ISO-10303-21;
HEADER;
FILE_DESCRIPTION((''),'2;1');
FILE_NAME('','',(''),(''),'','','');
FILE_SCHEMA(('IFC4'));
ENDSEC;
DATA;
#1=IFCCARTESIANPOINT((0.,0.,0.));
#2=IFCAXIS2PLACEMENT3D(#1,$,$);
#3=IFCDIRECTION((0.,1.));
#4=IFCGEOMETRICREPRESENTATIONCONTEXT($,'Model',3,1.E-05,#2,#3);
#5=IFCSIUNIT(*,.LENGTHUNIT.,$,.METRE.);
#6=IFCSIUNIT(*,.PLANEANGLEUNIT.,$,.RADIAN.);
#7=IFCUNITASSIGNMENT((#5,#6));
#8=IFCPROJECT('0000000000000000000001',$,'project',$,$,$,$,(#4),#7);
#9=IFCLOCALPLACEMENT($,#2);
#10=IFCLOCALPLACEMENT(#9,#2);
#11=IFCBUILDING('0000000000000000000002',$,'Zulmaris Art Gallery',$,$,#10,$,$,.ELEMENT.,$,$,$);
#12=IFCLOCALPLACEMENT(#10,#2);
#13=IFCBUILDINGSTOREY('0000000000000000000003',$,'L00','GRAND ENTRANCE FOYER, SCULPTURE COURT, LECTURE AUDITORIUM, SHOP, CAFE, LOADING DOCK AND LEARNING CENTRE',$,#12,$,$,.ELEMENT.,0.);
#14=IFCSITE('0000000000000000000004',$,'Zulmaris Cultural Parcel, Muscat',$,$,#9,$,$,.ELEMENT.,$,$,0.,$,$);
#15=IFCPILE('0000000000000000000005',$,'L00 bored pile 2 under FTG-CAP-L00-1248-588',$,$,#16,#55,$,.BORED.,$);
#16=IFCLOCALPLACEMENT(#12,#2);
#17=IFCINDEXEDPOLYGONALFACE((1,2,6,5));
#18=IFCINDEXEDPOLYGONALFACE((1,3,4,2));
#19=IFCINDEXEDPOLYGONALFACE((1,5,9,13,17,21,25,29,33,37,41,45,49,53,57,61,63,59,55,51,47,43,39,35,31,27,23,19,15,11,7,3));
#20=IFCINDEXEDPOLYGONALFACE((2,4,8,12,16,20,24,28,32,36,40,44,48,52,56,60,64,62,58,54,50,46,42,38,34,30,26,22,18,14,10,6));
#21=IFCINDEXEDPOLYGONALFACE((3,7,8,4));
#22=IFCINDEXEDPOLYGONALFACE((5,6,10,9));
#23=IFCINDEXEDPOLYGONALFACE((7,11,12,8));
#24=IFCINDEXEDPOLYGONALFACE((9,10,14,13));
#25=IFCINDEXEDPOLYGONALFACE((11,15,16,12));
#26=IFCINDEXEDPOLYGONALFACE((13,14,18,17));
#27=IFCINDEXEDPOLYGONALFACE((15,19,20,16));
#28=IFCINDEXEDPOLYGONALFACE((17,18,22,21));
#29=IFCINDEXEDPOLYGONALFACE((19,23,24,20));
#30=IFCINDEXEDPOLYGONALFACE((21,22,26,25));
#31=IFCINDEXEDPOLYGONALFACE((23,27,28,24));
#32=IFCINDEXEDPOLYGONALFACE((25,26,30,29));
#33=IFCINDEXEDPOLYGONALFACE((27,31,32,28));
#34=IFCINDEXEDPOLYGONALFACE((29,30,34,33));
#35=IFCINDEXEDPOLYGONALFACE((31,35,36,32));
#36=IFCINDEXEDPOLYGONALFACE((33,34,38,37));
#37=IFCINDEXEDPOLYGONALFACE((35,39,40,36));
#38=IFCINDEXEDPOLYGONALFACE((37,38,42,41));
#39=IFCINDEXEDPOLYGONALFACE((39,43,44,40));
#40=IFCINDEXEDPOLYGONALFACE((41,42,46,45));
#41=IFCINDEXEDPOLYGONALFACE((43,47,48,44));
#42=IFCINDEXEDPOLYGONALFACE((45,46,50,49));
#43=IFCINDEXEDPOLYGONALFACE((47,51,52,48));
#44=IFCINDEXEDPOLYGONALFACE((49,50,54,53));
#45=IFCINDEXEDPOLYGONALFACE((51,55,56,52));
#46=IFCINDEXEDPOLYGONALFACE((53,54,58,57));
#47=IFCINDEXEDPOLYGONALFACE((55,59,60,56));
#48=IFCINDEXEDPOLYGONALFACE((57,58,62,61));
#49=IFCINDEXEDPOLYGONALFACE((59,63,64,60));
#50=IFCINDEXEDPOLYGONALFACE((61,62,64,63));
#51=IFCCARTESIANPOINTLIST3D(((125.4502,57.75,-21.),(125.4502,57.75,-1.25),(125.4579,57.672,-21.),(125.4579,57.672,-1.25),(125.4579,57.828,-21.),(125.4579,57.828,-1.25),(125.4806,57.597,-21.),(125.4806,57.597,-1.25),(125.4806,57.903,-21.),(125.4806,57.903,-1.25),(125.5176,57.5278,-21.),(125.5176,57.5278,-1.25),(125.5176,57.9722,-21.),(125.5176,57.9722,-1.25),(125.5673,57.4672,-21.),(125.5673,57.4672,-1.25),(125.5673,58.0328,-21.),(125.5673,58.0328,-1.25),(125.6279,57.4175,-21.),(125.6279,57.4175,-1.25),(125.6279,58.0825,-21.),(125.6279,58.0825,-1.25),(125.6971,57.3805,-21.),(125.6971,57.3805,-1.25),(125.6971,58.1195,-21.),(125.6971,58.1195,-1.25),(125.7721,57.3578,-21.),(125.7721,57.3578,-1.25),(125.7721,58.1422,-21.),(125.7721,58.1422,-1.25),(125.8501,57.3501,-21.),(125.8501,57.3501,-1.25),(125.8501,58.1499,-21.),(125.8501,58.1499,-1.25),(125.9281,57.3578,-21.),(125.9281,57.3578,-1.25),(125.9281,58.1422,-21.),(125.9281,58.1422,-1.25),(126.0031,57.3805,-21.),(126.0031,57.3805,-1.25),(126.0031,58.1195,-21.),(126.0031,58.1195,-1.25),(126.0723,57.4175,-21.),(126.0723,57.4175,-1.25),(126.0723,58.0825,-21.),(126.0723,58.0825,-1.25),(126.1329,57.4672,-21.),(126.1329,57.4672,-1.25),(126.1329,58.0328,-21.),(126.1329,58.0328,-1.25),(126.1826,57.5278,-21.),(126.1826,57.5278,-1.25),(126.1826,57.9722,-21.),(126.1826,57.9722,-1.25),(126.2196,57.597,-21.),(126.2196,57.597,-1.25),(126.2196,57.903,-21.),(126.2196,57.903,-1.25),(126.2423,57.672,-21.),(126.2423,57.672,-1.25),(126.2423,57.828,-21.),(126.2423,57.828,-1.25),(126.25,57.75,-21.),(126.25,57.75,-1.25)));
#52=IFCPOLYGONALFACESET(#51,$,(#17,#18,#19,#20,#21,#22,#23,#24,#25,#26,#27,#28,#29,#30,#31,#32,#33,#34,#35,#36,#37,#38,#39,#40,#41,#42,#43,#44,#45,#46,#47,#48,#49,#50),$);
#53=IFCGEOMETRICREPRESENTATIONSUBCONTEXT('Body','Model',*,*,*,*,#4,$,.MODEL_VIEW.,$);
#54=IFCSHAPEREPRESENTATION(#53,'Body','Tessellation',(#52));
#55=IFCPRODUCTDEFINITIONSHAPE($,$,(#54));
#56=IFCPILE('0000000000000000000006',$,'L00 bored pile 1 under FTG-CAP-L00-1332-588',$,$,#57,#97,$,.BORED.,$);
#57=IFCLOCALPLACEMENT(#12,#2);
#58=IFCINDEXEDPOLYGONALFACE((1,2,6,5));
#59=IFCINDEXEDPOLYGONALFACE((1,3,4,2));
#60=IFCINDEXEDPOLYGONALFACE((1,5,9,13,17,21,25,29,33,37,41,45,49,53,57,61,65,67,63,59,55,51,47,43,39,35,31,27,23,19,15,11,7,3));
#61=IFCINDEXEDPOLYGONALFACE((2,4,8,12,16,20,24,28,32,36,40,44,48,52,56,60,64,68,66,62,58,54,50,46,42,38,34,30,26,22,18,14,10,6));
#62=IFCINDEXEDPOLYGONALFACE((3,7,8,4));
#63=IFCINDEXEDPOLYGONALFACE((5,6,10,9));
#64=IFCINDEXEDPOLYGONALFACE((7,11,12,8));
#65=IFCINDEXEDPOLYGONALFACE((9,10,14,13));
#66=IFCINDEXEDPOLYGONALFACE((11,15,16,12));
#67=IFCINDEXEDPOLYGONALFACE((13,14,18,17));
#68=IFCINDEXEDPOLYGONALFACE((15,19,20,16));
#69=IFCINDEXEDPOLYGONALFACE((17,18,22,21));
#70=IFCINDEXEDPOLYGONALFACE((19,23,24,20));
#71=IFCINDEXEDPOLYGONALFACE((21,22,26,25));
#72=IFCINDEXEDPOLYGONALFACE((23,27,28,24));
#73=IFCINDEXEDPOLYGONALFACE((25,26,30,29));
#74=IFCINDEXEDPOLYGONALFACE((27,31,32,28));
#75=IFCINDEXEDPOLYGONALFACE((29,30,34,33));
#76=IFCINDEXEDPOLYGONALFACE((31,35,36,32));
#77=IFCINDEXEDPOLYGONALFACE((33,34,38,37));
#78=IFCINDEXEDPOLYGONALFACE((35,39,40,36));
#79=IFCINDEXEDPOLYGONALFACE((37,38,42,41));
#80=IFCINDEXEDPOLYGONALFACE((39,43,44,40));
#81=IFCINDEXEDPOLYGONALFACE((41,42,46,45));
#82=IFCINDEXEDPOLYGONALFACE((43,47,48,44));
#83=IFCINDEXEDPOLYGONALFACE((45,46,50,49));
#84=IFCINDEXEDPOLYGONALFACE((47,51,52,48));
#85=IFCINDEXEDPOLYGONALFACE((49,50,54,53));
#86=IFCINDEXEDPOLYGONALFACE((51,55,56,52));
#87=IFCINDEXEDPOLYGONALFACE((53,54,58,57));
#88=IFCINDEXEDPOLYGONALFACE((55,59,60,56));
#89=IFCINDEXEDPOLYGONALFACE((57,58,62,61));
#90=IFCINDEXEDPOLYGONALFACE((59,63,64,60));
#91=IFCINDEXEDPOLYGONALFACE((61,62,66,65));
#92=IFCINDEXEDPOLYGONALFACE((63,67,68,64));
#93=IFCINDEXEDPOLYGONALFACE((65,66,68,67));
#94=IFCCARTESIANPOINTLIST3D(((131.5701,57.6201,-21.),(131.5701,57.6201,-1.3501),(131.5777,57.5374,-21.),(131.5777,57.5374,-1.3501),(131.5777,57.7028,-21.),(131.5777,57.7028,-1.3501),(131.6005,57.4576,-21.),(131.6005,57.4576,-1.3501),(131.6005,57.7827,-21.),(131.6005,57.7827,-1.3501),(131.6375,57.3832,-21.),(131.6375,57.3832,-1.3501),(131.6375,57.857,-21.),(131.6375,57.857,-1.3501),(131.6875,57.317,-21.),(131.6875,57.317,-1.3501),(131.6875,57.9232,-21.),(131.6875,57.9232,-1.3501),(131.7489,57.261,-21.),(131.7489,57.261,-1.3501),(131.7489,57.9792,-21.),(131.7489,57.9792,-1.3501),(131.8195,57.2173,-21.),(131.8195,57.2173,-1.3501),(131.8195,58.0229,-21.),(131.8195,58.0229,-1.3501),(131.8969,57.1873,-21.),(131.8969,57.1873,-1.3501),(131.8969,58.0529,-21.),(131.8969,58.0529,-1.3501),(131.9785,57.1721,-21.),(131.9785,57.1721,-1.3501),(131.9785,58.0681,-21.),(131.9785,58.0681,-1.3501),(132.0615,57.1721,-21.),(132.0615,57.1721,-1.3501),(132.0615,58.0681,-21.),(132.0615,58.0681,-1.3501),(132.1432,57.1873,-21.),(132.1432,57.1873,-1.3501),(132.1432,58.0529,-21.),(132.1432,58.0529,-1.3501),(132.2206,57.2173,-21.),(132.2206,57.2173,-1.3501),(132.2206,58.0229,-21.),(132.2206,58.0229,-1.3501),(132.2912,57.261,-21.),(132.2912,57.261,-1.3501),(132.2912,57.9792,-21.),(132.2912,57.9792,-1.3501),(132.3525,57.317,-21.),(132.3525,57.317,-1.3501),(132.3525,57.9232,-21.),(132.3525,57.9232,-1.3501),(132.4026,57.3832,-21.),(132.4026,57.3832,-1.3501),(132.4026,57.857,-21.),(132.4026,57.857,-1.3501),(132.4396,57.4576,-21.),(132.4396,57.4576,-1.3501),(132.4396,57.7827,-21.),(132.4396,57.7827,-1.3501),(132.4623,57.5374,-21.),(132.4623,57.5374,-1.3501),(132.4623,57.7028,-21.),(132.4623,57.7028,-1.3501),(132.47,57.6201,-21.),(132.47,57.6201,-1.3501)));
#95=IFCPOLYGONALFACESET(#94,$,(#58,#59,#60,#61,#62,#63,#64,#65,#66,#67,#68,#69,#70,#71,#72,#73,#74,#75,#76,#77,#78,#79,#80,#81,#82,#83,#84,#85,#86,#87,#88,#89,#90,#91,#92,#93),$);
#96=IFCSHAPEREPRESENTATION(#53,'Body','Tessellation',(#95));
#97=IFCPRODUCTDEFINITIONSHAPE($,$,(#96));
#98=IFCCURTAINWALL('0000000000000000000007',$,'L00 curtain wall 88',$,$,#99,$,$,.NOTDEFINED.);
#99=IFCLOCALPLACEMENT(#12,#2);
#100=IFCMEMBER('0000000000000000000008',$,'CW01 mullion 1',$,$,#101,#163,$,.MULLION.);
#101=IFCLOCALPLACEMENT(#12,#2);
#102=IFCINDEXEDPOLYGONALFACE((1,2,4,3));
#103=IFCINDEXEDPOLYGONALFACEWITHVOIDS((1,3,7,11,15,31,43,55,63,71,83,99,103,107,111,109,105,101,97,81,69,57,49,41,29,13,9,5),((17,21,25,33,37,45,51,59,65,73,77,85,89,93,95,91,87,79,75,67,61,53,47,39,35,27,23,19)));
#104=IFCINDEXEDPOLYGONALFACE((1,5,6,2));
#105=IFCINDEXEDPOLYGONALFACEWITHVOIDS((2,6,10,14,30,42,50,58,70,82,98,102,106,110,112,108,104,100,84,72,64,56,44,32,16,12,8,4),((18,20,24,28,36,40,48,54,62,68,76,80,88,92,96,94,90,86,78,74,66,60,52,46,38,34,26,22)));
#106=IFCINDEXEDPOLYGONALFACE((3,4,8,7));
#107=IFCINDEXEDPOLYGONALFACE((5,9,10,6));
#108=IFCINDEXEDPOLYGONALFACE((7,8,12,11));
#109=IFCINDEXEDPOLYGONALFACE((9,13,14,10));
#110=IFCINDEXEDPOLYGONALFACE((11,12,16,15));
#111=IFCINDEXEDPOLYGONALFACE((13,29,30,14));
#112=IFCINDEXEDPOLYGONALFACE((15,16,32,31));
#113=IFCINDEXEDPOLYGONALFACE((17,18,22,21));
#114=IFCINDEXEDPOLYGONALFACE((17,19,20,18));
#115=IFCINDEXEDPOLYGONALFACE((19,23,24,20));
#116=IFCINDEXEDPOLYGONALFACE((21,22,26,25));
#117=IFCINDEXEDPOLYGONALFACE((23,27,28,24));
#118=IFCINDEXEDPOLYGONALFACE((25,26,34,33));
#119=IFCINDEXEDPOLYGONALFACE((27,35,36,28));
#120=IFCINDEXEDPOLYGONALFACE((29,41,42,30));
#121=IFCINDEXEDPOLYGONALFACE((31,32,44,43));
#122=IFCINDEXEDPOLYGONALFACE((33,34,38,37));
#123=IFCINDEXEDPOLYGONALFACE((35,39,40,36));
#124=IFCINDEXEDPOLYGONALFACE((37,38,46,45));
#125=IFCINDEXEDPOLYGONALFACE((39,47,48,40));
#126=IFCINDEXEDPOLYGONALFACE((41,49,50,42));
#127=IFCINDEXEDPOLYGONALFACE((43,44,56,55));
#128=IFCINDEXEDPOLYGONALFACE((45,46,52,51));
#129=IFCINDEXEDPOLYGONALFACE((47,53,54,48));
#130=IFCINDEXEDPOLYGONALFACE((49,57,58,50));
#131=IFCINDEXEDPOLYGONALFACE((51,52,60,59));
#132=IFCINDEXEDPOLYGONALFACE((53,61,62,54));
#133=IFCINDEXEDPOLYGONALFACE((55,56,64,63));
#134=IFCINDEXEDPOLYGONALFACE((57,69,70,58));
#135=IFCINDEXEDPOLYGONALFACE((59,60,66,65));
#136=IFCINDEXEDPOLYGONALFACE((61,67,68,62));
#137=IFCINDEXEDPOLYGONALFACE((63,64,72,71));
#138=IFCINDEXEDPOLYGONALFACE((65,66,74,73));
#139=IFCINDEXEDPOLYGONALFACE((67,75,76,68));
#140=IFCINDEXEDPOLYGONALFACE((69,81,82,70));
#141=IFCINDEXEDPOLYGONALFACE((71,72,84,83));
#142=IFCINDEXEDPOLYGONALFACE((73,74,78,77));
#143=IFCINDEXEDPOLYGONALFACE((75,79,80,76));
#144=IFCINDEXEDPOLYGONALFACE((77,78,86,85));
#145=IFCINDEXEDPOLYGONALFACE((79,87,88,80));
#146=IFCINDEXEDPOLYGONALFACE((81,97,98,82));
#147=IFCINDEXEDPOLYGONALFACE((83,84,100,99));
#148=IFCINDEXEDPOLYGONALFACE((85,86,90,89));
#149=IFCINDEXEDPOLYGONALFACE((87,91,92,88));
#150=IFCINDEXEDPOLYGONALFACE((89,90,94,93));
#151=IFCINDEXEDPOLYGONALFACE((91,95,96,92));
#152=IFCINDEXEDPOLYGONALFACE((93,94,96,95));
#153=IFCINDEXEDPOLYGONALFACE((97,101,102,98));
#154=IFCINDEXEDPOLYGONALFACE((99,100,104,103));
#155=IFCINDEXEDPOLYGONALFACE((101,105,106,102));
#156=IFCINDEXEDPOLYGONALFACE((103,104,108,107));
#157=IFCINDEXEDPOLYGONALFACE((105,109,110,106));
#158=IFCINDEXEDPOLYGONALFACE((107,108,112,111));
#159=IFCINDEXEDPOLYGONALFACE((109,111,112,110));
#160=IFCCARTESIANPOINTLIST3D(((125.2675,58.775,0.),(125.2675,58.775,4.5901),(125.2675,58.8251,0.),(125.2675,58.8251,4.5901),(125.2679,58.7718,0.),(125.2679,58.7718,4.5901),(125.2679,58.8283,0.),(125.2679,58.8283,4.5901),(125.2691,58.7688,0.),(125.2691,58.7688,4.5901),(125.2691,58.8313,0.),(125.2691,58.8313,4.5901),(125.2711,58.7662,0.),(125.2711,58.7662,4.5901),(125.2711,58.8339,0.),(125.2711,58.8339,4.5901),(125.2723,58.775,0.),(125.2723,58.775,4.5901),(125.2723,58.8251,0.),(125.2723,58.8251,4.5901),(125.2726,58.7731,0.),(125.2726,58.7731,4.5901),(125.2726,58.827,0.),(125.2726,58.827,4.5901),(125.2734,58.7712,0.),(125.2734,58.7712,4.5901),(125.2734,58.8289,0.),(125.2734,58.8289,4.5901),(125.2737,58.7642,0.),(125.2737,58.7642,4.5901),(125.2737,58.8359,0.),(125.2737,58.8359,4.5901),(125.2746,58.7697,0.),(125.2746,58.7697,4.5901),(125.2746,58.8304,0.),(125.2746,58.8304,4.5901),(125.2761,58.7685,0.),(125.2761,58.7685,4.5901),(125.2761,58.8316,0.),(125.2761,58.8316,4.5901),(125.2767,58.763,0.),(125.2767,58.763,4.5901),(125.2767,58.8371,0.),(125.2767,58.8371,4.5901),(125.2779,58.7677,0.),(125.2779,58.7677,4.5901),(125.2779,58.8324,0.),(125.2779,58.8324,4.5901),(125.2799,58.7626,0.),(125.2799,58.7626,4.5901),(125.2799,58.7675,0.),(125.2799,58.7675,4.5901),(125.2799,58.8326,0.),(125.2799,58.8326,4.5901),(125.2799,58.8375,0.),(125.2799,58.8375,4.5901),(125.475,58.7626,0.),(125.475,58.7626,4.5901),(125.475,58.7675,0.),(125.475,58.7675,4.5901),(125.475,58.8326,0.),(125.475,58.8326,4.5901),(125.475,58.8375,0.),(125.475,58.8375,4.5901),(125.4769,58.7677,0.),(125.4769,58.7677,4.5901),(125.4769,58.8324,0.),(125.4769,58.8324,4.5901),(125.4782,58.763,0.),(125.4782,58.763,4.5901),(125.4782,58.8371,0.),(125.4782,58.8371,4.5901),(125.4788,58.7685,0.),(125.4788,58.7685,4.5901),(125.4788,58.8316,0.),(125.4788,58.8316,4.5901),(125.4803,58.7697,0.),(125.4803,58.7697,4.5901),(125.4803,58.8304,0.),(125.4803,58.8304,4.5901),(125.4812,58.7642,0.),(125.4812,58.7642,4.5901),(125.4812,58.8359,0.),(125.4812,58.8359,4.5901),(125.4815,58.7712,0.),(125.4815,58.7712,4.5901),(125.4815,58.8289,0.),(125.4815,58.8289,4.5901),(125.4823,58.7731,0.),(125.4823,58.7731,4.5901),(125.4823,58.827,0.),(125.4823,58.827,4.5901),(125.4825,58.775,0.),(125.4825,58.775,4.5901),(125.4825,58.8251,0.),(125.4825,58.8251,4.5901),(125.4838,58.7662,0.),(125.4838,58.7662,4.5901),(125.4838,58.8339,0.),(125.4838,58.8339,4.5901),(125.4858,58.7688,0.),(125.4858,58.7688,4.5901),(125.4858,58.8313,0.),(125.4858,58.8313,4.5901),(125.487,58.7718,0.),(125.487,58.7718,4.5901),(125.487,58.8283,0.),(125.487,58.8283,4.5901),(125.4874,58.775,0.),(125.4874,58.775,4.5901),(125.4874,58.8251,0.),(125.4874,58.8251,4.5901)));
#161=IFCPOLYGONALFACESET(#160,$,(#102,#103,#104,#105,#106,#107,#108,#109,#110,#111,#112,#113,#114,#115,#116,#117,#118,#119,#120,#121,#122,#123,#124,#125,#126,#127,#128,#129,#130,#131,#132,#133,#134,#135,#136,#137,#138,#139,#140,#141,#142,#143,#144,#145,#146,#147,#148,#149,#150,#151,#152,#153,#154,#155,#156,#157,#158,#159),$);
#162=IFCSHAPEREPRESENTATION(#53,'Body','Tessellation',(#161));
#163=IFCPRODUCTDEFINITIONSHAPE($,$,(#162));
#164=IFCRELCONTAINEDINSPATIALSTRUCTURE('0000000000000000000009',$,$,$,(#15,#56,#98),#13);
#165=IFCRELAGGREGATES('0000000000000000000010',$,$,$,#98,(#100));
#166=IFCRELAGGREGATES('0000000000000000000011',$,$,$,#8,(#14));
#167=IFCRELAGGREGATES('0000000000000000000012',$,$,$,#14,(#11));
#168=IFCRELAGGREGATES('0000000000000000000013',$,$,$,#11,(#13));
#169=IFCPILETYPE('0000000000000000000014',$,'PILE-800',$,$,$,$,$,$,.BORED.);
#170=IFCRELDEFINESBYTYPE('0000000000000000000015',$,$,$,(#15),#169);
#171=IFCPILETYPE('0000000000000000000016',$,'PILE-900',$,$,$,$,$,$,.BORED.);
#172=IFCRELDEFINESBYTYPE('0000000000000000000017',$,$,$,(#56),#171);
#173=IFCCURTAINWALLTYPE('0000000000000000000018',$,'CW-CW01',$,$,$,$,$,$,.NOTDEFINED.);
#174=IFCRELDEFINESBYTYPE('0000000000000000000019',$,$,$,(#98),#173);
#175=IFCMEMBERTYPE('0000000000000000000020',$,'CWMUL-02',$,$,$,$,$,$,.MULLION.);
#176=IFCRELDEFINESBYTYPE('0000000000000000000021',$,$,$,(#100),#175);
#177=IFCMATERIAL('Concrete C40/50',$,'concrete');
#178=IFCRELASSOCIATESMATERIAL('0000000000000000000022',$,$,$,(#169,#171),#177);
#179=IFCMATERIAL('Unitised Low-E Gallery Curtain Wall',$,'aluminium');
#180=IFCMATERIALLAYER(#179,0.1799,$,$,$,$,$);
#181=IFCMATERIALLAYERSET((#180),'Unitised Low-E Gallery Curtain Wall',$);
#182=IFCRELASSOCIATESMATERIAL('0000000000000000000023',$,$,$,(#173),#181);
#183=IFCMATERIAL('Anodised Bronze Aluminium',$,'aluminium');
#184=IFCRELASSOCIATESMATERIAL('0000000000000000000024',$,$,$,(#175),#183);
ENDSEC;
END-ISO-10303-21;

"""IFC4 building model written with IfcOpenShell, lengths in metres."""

from ifc_helpers import new_model, si_unit, direction, frame, origin, origin_2d, place, context, subcontext, project, spatial, hollow_rectangle, circle, extrude, material, layer, layer_set, material_profile, profile_set, type_object, element, aggregate, save


model = new_model("IFC4")

# Units and contexts
model_context = context("Model", 3, precision=1e-05, world=origin(), true_north=direction((0.0, 1.0)))
body_context = subcontext(model_context, "Body", "Model", "MODEL_VIEW")
ifc_project = project(units=[si_unit("LENGTHUNIT", "METRE"), si_unit("PLANEANGLEUNIT", "RADIAN")], contexts=[model_context])

# Site, building, storey
site_placement = place(None, origin())
site = spatial("IfcSite", under=ifc_project, at=site_placement, Name="Zulmaris Cultural Parcel, Muscat", CompositionType="ELEMENT", RefElevation=0.0)
building_placement = place(site_placement, origin())
building = spatial("IfcBuilding", under=site, at=building_placement, Name="Zulmaris Art Gallery", CompositionType="ELEMENT")
storey_placement = place(building_placement, origin())
storey = spatial("IfcBuildingStorey", under=building, at=storey_placement, Name="L00", Description="GRAND ENTRANCE FOYER, SCULPTURE COURT, LECTURE AUDITORIUM, SHOP, CAFE, LOADING DOCK AND LEARNING CENTRE", CompositionType="ELEMENT", Elevation=0.0)

# Piles
ifc_material_1 = material(Name="Concrete C40/50", Category="concrete")
ifc_material_profile_1 = material_profile(ifc_material_1, circle(Radius=0.3999, at=origin_2d()), Name="PILE DIA 800")
ifc_profile_set_1 = profile_set([ifc_material_profile_1], Name="Concrete C40/50")
pile_type_1 = type_object("IfcPileType", Name="PILE-800", PredefinedType="BORED", material=ifc_profile_set_1)
pile_1_placement = place(storey_placement, frame((125.8501, 57.75, -1.25), z_axis=(0.0, 0.0, -1.0), x_axis=(1.0, 0.0, 0.0)))
element("IfcPile", 1, at=pile_1_placement, inside=storey, type_object=pile_type_1, Name="L00 bored pile 2 under FTG-CAP-L00-1248-588", PredefinedType="BORED", context=body_context, shape_type="SweptSolid", body=[
    extrude(circle(Radius=0.3999, at=origin_2d()), origin(), (0.0, 0.0, 1.0), 19.75),
])
ifc_material_profile_2 = material_profile(ifc_material_1, circle(Radius=0.45, at=origin_2d()), Name="PILE DIA 900")
ifc_profile_set_2 = profile_set([ifc_material_profile_2], Name="Concrete C40/50")
pile_type_2 = type_object("IfcPileType", Name="PILE-900", PredefinedType="BORED", material=ifc_profile_set_2)
pile_2_placement = place(storey_placement, frame((132.02, 57.6201, -1.3501), z_axis=(0.0, 0.0, -1.0), x_axis=(1.0, 0.0, 0.0)))
element("IfcPile", 2, at=pile_2_placement, inside=storey, type_object=pile_type_2, Name="L00 bored pile 1 under FTG-CAP-L00-1332-588", PredefinedType="BORED", context=body_context, shape_type="SweptSolid", body=[
    extrude(circle(Radius=0.45, at=origin_2d()), origin(), (0.0, 0.0, 1.0), 19.6499),
])

# Curtain wall, member
ifc_material_2 = material(Name="Unitised Low-E Gallery Curtain Wall", Category="aluminium")
ifc_layer_1 = layer(ifc_material_2, 0.1799)
ifc_layer_set_1 = layer_set([ifc_layer_1], Name="Unitised Low-E Gallery Curtain Wall")
curtain_wall_type = type_object("IfcCurtainWallType", Name="CW-CW01", PredefinedType="NOTDEFINED", material=ifc_layer_set_1)
curtain_wall_1_placement = place(storey_placement, origin())
curtain_wall_1 = element("IfcCurtainWall", 3, at=curtain_wall_1_placement, inside=storey, type_object=curtain_wall_type, Name="L00 curtain wall 88", PredefinedType="NOTDEFINED")
ifc_material_3 = material(Name="Anodised Bronze Aluminium", Category="aluminium")
ifc_material_profile_3 = material_profile(ifc_material_3, hollow_rectangle(XDim=0.075, YDim=0.22, WallThickness=0.0049, InnerFilletRadius=0.0076, OuterFilletRadius=0.0125, at=origin_2d()), Name="ALU 75x220x5")
ifc_profile_set_3 = profile_set([ifc_material_profile_3], Name="Anodised Bronze Aluminium")
member_type_1 = type_object("IfcMemberType", Name="CWMUL-02", PredefinedType="MULLION", material=ifc_profile_set_3)
member_1_placement = place(storey_placement, frame((125.3774, 58.8, 0.0), z_axis=(0.0, 0.0, 1.0), x_axis=(0.0, 1.0, 0.0)))
member_1 = element("IfcMember", 4, at=member_1_placement, type_object=member_type_1, Name="CW01 mullion 1", PredefinedType="MULLION", context=body_context, shape_type="SweptSolid", body=[
    extrude(hollow_rectangle(XDim=0.075, YDim=0.22, WallThickness=0.0049, InnerFilletRadius=0.0076, OuterFilletRadius=0.0125, at=origin_2d()), origin(), (0.0, 0.0, 1.0), 4.5901),
])

aggregate(curtain_wall_1, [member_1])

save(model, "model.ifc")
